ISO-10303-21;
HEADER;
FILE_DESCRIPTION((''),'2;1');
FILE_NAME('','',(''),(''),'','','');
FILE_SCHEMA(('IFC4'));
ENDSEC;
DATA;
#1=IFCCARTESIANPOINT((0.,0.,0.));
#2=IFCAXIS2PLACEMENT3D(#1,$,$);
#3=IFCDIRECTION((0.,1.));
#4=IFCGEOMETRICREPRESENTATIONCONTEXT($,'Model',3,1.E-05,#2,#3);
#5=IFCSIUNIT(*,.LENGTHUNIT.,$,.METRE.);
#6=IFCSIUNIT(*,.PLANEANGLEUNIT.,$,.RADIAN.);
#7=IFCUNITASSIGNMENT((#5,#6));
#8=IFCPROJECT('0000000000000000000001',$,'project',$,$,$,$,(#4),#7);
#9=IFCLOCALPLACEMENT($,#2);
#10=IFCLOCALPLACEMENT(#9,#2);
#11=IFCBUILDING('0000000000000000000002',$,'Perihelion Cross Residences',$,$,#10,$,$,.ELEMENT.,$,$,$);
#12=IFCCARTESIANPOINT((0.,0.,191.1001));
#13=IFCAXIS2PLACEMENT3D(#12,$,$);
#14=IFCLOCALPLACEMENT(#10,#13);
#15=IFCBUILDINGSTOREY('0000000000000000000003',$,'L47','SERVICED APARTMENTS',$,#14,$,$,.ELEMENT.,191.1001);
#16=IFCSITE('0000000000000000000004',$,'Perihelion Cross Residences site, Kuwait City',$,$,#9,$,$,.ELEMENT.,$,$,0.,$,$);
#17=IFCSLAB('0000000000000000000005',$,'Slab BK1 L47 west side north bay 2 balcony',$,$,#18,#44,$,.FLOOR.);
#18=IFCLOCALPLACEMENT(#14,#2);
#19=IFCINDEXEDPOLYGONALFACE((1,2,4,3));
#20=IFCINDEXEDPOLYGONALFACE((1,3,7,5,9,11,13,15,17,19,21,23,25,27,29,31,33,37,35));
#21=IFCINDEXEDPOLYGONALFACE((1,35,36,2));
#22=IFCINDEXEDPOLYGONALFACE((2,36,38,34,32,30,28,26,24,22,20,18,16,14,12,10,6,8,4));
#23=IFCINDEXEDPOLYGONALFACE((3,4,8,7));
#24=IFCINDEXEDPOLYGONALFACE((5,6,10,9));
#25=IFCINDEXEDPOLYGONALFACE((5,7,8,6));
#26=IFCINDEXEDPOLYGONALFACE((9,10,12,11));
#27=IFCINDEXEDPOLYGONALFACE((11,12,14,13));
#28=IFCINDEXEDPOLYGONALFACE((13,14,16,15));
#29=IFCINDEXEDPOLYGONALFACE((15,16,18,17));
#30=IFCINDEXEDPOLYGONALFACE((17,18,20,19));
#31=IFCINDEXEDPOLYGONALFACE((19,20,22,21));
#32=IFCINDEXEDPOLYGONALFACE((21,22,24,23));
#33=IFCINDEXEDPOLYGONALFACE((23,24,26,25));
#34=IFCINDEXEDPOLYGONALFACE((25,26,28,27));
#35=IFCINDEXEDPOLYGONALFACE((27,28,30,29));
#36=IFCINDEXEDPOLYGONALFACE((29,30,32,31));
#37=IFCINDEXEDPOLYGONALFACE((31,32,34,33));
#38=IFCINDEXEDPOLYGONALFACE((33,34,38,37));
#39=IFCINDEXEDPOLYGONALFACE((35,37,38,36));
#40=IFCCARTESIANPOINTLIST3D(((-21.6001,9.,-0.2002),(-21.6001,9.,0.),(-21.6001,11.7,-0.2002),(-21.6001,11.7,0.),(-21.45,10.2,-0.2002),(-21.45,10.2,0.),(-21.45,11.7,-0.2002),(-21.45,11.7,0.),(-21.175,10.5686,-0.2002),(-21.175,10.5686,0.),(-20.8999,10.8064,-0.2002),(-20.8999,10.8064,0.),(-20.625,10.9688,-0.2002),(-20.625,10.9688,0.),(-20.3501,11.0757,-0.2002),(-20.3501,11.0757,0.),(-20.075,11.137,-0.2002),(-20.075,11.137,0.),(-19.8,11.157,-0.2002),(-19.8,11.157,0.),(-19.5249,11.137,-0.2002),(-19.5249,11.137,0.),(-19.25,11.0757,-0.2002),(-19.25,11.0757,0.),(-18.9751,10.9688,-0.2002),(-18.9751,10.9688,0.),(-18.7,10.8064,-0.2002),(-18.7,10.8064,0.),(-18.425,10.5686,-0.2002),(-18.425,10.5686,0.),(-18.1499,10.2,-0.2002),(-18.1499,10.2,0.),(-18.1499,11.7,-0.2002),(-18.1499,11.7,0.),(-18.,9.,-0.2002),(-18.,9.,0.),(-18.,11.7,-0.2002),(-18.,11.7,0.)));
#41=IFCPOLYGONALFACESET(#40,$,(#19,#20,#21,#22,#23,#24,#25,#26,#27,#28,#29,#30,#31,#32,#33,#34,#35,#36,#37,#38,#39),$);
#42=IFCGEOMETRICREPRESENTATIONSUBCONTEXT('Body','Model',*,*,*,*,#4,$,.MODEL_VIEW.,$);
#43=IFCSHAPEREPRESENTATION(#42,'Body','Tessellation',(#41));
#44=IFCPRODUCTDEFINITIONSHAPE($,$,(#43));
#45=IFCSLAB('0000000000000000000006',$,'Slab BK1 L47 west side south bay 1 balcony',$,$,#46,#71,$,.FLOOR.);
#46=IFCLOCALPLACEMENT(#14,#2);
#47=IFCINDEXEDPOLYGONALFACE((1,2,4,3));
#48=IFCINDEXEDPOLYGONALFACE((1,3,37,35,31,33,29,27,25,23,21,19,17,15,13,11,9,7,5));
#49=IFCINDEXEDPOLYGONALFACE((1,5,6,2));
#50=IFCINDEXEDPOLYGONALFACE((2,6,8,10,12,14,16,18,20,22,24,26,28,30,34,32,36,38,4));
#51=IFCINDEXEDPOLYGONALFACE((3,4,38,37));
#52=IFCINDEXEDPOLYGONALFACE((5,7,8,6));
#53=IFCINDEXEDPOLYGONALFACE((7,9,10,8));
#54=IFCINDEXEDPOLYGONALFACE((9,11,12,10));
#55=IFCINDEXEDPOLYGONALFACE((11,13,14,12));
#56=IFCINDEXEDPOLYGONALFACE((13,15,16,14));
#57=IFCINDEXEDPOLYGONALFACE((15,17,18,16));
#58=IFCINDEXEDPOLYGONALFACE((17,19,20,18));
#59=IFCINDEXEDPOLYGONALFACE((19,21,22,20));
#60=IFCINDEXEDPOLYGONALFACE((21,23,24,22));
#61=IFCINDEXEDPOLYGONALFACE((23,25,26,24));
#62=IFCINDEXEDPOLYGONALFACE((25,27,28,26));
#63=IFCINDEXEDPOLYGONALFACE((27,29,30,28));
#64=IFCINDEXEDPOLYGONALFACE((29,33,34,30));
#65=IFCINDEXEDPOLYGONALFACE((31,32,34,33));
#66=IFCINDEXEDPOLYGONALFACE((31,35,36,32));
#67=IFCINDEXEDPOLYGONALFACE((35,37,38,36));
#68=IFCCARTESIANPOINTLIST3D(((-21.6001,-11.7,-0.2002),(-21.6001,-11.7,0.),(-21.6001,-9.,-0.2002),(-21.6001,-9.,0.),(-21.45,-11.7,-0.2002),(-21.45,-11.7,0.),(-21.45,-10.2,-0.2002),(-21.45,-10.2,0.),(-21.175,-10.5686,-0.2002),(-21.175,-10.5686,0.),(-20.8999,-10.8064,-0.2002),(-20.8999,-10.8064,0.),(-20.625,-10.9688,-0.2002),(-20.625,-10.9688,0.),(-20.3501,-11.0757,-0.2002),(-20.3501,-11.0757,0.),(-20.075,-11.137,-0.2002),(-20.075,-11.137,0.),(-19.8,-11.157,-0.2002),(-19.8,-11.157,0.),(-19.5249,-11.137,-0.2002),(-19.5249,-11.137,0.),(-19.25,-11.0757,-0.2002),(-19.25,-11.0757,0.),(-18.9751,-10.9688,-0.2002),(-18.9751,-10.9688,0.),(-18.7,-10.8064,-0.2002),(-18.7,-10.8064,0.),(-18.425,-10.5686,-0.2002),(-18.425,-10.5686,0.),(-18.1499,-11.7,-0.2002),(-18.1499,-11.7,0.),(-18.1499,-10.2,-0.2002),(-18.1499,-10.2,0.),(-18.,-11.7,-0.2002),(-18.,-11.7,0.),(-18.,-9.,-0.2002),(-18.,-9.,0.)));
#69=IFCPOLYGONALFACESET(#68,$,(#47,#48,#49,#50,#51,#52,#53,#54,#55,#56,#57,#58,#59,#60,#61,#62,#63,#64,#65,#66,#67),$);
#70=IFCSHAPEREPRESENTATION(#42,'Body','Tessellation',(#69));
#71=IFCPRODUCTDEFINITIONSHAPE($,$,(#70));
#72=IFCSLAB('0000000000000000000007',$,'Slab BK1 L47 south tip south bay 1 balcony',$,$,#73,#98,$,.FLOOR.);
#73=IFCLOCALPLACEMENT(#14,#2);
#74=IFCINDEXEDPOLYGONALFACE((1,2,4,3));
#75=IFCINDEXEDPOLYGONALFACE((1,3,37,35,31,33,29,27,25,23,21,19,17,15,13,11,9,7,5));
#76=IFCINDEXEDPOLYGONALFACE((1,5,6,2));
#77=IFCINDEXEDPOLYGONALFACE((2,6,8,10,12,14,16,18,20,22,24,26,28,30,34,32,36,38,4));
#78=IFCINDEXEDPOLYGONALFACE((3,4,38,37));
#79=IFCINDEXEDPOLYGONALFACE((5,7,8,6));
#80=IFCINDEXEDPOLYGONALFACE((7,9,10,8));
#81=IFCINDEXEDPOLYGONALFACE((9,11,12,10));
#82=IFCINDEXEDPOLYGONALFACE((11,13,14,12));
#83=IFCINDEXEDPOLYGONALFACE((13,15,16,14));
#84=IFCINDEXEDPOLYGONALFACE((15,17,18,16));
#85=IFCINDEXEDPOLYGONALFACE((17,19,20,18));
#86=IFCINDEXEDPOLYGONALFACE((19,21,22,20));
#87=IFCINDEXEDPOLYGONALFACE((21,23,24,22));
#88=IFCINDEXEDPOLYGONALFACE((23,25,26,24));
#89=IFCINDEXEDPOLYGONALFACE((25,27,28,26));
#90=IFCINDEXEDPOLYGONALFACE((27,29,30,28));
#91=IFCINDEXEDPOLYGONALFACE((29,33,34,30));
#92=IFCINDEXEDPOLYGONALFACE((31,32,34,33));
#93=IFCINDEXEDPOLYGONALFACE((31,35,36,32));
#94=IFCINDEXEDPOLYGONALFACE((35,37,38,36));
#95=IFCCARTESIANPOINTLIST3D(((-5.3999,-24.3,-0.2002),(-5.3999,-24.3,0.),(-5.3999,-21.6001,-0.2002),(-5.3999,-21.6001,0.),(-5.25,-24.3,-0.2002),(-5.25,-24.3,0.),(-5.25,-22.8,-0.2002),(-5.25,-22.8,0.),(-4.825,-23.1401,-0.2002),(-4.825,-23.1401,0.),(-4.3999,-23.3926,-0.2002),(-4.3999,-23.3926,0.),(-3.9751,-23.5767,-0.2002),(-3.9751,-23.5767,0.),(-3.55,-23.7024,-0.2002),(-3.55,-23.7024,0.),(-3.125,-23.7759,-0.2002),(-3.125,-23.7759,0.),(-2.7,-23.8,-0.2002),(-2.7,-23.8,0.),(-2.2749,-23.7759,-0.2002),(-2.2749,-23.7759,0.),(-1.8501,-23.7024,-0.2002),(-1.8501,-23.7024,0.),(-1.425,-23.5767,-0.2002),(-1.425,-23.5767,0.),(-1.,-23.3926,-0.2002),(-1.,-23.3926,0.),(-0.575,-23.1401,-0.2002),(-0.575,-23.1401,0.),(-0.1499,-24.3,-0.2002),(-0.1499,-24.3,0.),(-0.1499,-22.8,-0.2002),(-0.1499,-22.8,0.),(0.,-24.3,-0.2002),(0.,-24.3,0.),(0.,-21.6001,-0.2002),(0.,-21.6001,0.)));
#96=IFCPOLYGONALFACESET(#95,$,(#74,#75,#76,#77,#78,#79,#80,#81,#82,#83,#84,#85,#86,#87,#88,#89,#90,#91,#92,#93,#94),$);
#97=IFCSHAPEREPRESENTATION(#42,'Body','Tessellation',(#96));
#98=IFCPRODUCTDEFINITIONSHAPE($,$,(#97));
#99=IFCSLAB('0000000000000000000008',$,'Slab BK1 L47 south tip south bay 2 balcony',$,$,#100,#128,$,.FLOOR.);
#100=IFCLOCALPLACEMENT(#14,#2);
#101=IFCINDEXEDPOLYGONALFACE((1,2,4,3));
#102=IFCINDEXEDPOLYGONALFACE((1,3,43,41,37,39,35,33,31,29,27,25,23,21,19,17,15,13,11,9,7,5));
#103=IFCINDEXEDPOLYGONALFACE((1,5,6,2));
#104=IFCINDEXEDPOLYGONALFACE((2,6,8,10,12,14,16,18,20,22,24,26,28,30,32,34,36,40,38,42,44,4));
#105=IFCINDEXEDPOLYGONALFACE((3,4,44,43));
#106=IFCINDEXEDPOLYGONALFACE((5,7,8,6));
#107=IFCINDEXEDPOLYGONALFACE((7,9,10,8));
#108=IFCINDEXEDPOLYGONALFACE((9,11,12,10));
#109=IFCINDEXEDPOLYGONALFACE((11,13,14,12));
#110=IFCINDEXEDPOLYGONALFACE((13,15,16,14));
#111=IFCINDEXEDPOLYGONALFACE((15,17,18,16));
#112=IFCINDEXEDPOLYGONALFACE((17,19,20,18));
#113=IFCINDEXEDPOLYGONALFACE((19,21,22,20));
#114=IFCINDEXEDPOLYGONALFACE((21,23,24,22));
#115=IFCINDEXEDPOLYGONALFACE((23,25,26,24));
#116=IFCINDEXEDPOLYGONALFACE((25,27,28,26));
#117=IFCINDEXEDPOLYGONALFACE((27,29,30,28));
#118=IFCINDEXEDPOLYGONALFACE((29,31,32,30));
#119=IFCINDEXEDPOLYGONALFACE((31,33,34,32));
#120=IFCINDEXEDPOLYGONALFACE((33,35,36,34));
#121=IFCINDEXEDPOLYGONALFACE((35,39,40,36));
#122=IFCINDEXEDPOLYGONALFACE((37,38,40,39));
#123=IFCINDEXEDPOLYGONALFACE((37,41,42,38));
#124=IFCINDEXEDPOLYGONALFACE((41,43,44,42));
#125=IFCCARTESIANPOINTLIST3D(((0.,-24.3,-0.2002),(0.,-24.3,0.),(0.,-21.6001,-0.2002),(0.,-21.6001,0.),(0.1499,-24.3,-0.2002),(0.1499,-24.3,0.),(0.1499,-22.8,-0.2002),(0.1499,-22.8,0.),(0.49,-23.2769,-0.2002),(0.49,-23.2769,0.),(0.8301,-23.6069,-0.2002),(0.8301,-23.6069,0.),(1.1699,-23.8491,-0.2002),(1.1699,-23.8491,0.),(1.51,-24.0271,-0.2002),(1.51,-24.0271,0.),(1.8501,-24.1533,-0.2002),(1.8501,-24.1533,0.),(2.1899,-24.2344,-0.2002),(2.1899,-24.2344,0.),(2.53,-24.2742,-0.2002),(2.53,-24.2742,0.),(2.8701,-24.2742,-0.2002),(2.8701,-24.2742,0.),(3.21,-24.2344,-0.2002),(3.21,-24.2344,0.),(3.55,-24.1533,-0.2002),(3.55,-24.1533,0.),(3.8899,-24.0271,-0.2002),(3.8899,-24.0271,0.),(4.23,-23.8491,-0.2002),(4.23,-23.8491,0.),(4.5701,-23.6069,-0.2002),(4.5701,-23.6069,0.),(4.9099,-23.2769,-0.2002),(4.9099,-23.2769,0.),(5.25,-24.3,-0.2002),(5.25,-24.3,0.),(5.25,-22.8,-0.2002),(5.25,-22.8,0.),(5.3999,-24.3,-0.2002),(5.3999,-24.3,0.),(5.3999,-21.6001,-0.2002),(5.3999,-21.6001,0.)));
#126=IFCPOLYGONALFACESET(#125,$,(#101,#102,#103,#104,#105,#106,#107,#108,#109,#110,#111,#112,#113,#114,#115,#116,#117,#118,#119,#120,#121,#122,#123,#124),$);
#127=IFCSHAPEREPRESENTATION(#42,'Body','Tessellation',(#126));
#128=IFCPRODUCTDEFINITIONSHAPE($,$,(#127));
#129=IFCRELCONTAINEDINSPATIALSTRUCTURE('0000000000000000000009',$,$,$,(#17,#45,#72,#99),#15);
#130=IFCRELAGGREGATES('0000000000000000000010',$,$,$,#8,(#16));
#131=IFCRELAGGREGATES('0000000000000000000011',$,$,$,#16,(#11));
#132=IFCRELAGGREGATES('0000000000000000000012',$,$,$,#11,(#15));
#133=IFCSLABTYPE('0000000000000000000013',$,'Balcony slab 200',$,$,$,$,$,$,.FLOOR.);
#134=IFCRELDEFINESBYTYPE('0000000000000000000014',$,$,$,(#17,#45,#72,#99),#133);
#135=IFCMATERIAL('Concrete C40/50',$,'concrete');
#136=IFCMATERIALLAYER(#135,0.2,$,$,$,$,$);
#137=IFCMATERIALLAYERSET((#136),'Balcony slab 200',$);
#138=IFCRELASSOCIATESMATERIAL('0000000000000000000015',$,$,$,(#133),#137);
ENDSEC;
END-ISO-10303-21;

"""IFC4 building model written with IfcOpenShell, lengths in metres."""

from ifc_helpers import new_model, si_unit, direction, frame, origin, place, context, subcontext, project, spatial, polyline, outline, extrude, material, layer, layer_set, type_object, element, save


model = new_model("IFC4")

# Units and contexts
model_context = context("Model", 3, precision=1e-05, world=origin(), true_north=direction((0.0, 1.0)))
body_context = subcontext(model_context, "Body", "Model", "MODEL_VIEW")
ifc_project = project(units=[si_unit("LENGTHUNIT", "METRE"), si_unit("PLANEANGLEUNIT", "RADIAN")], contexts=[model_context])

# Site, building, storey
site_placement = place(None, origin())
site = spatial("IfcSite", under=ifc_project, at=site_placement, Name="Perihelion Cross Residences site, Kuwait City", CompositionType="ELEMENT", RefElevation=0.0)
building_placement = place(site_placement, origin())
building = spatial("IfcBuilding", under=site, at=building_placement, Name="Perihelion Cross Residences", CompositionType="ELEMENT")
storey_placement = place(building_placement, frame((0.0, 0.0, 191.1001)))
storey = spatial("IfcBuildingStorey", under=building, at=storey_placement, Name="L47", Description="SERVICED APARTMENTS", CompositionType="ELEMENT", Elevation=191.1001)

# Slabs
ifc_material_1 = material(Name="Concrete C40/50", Category="concrete")
ifc_layer_1 = layer(ifc_material_1, 0.2)
ifc_layer_set_1 = layer_set([ifc_layer_1], Name="Balcony slab 200")
slab_type_1 = type_object("IfcSlabType", Name="Balcony slab 200", PredefinedType="FLOOR", material=ifc_layer_set_1)
slab_1_placement = place(storey_placement, frame((0.0, 0.0, -0.2002)))
element("IfcSlab", 1, at=slab_1_placement, inside=storey, type_object=slab_type_1, Name="Slab BK1 L47 west side north bay 2 balcony", PredefinedType="FLOOR", context=body_context, shape_type="SweptSolid", body=[
    extrude(outline(polyline([(-18.0, 9.0), (-21.6001, 9.0), (-21.6001, 11.7), (-21.45, 11.7), (-21.45, 10.2), (-21.175, 10.5686), (-20.8999, 10.8064), (-20.625, 10.9688), (-20.3501, 11.0757), (-20.075, 11.137), (-19.8, 11.157), (-19.5249, 11.137), (-19.25, 11.0757), (-18.9751, 10.9688), (-18.7, 10.8064), (-18.425, 10.5686), (-18.1499, 10.2), (-18.1499, 11.7), (-18.0, 11.7), (-18.0, 9.0)])), origin(), (0.0, 0.0, 1.0), 0.2002),
])
slab_2_placement = place(storey_placement, frame((0.0, 0.0, -0.2002)))
element("IfcSlab", 2, at=slab_2_placement, inside=storey, type_object=slab_type_1, Name="Slab BK1 L47 west side south bay 1 balcony", PredefinedType="FLOOR", context=body_context, shape_type="SweptSolid", body=[
    extrude(outline(polyline([(-21.6001, -9.0), (-18.0, -9.0), (-18.0, -11.7), (-18.1499, -11.7), (-18.1499, -10.2), (-18.425, -10.5686), (-18.7, -10.8064), (-18.9751, -10.9688), (-19.25, -11.0757), (-19.5249, -11.137), (-19.8, -11.157), (-20.075, -11.137), (-20.3501, -11.0757), (-20.625, -10.9688), (-20.8999, -10.8064), (-21.175, -10.5686), (-21.45, -10.2), (-21.45, -11.7), (-21.6001, -11.7), (-21.6001, -9.0)])), origin(), (0.0, 0.0, 1.0), 0.2002),
])
slab_3_placement = place(storey_placement, frame((0.0, 0.0, -0.2002)))
element("IfcSlab", 3, at=slab_3_placement, inside=storey, type_object=slab_type_1, Name="Slab BK1 L47 south tip south bay 1 balcony", PredefinedType="FLOOR", context=body_context, shape_type="SweptSolid", body=[
    extrude(outline(polyline([(-5.3999, -21.6001), (0.0, -21.6001), (0.0, -24.3), (-0.1499, -24.3), (-0.1499, -22.8), (-0.575, -23.1401), (-1.0, -23.3926), (-1.425, -23.5767), (-1.8501, -23.7024), (-2.2749, -23.7759), (-2.7, -23.8), (-3.125, -23.7759), (-3.55, -23.7024), (-3.9751, -23.5767), (-4.3999, -23.3926), (-4.825, -23.1401), (-5.25, -22.8), (-5.25, -24.3), (-5.3999, -24.3), (-5.3999, -21.6001)])), origin(), (0.0, 0.0, 1.0), 0.2002),
])
slab_4_placement = place(storey_placement, frame((0.0, 0.0, -0.2002)))
element("IfcSlab", 4, at=slab_4_placement, inside=storey, type_object=slab_type_1, Name="Slab BK1 L47 south tip south bay 2 balcony", PredefinedType="FLOOR", context=body_context, shape_type="SweptSolid", body=[
    extrude(outline(polyline([(0.0, -21.6001), (5.3999, -21.6001), (5.3999, -24.3), (5.25, -24.3), (5.25, -22.8), (4.9099, -23.2769), (4.5701, -23.6069), (4.23, -23.8491), (3.8899, -24.0271), (3.55, -24.1533), (3.21, -24.2344), (2.8701, -24.2742), (2.53, -24.2742), (2.1899, -24.2344), (1.8501, -24.1533), (1.51, -24.0271), (1.1699, -23.8491), (0.8301, -23.6069), (0.49, -23.2769), (0.1499, -22.8), (0.1499, -24.3), (0.0, -24.3), (0.0, -21.6001)])), origin(), (0.0, 0.0, 1.0), 0.2002),
])

save(model, "model.ifc")
